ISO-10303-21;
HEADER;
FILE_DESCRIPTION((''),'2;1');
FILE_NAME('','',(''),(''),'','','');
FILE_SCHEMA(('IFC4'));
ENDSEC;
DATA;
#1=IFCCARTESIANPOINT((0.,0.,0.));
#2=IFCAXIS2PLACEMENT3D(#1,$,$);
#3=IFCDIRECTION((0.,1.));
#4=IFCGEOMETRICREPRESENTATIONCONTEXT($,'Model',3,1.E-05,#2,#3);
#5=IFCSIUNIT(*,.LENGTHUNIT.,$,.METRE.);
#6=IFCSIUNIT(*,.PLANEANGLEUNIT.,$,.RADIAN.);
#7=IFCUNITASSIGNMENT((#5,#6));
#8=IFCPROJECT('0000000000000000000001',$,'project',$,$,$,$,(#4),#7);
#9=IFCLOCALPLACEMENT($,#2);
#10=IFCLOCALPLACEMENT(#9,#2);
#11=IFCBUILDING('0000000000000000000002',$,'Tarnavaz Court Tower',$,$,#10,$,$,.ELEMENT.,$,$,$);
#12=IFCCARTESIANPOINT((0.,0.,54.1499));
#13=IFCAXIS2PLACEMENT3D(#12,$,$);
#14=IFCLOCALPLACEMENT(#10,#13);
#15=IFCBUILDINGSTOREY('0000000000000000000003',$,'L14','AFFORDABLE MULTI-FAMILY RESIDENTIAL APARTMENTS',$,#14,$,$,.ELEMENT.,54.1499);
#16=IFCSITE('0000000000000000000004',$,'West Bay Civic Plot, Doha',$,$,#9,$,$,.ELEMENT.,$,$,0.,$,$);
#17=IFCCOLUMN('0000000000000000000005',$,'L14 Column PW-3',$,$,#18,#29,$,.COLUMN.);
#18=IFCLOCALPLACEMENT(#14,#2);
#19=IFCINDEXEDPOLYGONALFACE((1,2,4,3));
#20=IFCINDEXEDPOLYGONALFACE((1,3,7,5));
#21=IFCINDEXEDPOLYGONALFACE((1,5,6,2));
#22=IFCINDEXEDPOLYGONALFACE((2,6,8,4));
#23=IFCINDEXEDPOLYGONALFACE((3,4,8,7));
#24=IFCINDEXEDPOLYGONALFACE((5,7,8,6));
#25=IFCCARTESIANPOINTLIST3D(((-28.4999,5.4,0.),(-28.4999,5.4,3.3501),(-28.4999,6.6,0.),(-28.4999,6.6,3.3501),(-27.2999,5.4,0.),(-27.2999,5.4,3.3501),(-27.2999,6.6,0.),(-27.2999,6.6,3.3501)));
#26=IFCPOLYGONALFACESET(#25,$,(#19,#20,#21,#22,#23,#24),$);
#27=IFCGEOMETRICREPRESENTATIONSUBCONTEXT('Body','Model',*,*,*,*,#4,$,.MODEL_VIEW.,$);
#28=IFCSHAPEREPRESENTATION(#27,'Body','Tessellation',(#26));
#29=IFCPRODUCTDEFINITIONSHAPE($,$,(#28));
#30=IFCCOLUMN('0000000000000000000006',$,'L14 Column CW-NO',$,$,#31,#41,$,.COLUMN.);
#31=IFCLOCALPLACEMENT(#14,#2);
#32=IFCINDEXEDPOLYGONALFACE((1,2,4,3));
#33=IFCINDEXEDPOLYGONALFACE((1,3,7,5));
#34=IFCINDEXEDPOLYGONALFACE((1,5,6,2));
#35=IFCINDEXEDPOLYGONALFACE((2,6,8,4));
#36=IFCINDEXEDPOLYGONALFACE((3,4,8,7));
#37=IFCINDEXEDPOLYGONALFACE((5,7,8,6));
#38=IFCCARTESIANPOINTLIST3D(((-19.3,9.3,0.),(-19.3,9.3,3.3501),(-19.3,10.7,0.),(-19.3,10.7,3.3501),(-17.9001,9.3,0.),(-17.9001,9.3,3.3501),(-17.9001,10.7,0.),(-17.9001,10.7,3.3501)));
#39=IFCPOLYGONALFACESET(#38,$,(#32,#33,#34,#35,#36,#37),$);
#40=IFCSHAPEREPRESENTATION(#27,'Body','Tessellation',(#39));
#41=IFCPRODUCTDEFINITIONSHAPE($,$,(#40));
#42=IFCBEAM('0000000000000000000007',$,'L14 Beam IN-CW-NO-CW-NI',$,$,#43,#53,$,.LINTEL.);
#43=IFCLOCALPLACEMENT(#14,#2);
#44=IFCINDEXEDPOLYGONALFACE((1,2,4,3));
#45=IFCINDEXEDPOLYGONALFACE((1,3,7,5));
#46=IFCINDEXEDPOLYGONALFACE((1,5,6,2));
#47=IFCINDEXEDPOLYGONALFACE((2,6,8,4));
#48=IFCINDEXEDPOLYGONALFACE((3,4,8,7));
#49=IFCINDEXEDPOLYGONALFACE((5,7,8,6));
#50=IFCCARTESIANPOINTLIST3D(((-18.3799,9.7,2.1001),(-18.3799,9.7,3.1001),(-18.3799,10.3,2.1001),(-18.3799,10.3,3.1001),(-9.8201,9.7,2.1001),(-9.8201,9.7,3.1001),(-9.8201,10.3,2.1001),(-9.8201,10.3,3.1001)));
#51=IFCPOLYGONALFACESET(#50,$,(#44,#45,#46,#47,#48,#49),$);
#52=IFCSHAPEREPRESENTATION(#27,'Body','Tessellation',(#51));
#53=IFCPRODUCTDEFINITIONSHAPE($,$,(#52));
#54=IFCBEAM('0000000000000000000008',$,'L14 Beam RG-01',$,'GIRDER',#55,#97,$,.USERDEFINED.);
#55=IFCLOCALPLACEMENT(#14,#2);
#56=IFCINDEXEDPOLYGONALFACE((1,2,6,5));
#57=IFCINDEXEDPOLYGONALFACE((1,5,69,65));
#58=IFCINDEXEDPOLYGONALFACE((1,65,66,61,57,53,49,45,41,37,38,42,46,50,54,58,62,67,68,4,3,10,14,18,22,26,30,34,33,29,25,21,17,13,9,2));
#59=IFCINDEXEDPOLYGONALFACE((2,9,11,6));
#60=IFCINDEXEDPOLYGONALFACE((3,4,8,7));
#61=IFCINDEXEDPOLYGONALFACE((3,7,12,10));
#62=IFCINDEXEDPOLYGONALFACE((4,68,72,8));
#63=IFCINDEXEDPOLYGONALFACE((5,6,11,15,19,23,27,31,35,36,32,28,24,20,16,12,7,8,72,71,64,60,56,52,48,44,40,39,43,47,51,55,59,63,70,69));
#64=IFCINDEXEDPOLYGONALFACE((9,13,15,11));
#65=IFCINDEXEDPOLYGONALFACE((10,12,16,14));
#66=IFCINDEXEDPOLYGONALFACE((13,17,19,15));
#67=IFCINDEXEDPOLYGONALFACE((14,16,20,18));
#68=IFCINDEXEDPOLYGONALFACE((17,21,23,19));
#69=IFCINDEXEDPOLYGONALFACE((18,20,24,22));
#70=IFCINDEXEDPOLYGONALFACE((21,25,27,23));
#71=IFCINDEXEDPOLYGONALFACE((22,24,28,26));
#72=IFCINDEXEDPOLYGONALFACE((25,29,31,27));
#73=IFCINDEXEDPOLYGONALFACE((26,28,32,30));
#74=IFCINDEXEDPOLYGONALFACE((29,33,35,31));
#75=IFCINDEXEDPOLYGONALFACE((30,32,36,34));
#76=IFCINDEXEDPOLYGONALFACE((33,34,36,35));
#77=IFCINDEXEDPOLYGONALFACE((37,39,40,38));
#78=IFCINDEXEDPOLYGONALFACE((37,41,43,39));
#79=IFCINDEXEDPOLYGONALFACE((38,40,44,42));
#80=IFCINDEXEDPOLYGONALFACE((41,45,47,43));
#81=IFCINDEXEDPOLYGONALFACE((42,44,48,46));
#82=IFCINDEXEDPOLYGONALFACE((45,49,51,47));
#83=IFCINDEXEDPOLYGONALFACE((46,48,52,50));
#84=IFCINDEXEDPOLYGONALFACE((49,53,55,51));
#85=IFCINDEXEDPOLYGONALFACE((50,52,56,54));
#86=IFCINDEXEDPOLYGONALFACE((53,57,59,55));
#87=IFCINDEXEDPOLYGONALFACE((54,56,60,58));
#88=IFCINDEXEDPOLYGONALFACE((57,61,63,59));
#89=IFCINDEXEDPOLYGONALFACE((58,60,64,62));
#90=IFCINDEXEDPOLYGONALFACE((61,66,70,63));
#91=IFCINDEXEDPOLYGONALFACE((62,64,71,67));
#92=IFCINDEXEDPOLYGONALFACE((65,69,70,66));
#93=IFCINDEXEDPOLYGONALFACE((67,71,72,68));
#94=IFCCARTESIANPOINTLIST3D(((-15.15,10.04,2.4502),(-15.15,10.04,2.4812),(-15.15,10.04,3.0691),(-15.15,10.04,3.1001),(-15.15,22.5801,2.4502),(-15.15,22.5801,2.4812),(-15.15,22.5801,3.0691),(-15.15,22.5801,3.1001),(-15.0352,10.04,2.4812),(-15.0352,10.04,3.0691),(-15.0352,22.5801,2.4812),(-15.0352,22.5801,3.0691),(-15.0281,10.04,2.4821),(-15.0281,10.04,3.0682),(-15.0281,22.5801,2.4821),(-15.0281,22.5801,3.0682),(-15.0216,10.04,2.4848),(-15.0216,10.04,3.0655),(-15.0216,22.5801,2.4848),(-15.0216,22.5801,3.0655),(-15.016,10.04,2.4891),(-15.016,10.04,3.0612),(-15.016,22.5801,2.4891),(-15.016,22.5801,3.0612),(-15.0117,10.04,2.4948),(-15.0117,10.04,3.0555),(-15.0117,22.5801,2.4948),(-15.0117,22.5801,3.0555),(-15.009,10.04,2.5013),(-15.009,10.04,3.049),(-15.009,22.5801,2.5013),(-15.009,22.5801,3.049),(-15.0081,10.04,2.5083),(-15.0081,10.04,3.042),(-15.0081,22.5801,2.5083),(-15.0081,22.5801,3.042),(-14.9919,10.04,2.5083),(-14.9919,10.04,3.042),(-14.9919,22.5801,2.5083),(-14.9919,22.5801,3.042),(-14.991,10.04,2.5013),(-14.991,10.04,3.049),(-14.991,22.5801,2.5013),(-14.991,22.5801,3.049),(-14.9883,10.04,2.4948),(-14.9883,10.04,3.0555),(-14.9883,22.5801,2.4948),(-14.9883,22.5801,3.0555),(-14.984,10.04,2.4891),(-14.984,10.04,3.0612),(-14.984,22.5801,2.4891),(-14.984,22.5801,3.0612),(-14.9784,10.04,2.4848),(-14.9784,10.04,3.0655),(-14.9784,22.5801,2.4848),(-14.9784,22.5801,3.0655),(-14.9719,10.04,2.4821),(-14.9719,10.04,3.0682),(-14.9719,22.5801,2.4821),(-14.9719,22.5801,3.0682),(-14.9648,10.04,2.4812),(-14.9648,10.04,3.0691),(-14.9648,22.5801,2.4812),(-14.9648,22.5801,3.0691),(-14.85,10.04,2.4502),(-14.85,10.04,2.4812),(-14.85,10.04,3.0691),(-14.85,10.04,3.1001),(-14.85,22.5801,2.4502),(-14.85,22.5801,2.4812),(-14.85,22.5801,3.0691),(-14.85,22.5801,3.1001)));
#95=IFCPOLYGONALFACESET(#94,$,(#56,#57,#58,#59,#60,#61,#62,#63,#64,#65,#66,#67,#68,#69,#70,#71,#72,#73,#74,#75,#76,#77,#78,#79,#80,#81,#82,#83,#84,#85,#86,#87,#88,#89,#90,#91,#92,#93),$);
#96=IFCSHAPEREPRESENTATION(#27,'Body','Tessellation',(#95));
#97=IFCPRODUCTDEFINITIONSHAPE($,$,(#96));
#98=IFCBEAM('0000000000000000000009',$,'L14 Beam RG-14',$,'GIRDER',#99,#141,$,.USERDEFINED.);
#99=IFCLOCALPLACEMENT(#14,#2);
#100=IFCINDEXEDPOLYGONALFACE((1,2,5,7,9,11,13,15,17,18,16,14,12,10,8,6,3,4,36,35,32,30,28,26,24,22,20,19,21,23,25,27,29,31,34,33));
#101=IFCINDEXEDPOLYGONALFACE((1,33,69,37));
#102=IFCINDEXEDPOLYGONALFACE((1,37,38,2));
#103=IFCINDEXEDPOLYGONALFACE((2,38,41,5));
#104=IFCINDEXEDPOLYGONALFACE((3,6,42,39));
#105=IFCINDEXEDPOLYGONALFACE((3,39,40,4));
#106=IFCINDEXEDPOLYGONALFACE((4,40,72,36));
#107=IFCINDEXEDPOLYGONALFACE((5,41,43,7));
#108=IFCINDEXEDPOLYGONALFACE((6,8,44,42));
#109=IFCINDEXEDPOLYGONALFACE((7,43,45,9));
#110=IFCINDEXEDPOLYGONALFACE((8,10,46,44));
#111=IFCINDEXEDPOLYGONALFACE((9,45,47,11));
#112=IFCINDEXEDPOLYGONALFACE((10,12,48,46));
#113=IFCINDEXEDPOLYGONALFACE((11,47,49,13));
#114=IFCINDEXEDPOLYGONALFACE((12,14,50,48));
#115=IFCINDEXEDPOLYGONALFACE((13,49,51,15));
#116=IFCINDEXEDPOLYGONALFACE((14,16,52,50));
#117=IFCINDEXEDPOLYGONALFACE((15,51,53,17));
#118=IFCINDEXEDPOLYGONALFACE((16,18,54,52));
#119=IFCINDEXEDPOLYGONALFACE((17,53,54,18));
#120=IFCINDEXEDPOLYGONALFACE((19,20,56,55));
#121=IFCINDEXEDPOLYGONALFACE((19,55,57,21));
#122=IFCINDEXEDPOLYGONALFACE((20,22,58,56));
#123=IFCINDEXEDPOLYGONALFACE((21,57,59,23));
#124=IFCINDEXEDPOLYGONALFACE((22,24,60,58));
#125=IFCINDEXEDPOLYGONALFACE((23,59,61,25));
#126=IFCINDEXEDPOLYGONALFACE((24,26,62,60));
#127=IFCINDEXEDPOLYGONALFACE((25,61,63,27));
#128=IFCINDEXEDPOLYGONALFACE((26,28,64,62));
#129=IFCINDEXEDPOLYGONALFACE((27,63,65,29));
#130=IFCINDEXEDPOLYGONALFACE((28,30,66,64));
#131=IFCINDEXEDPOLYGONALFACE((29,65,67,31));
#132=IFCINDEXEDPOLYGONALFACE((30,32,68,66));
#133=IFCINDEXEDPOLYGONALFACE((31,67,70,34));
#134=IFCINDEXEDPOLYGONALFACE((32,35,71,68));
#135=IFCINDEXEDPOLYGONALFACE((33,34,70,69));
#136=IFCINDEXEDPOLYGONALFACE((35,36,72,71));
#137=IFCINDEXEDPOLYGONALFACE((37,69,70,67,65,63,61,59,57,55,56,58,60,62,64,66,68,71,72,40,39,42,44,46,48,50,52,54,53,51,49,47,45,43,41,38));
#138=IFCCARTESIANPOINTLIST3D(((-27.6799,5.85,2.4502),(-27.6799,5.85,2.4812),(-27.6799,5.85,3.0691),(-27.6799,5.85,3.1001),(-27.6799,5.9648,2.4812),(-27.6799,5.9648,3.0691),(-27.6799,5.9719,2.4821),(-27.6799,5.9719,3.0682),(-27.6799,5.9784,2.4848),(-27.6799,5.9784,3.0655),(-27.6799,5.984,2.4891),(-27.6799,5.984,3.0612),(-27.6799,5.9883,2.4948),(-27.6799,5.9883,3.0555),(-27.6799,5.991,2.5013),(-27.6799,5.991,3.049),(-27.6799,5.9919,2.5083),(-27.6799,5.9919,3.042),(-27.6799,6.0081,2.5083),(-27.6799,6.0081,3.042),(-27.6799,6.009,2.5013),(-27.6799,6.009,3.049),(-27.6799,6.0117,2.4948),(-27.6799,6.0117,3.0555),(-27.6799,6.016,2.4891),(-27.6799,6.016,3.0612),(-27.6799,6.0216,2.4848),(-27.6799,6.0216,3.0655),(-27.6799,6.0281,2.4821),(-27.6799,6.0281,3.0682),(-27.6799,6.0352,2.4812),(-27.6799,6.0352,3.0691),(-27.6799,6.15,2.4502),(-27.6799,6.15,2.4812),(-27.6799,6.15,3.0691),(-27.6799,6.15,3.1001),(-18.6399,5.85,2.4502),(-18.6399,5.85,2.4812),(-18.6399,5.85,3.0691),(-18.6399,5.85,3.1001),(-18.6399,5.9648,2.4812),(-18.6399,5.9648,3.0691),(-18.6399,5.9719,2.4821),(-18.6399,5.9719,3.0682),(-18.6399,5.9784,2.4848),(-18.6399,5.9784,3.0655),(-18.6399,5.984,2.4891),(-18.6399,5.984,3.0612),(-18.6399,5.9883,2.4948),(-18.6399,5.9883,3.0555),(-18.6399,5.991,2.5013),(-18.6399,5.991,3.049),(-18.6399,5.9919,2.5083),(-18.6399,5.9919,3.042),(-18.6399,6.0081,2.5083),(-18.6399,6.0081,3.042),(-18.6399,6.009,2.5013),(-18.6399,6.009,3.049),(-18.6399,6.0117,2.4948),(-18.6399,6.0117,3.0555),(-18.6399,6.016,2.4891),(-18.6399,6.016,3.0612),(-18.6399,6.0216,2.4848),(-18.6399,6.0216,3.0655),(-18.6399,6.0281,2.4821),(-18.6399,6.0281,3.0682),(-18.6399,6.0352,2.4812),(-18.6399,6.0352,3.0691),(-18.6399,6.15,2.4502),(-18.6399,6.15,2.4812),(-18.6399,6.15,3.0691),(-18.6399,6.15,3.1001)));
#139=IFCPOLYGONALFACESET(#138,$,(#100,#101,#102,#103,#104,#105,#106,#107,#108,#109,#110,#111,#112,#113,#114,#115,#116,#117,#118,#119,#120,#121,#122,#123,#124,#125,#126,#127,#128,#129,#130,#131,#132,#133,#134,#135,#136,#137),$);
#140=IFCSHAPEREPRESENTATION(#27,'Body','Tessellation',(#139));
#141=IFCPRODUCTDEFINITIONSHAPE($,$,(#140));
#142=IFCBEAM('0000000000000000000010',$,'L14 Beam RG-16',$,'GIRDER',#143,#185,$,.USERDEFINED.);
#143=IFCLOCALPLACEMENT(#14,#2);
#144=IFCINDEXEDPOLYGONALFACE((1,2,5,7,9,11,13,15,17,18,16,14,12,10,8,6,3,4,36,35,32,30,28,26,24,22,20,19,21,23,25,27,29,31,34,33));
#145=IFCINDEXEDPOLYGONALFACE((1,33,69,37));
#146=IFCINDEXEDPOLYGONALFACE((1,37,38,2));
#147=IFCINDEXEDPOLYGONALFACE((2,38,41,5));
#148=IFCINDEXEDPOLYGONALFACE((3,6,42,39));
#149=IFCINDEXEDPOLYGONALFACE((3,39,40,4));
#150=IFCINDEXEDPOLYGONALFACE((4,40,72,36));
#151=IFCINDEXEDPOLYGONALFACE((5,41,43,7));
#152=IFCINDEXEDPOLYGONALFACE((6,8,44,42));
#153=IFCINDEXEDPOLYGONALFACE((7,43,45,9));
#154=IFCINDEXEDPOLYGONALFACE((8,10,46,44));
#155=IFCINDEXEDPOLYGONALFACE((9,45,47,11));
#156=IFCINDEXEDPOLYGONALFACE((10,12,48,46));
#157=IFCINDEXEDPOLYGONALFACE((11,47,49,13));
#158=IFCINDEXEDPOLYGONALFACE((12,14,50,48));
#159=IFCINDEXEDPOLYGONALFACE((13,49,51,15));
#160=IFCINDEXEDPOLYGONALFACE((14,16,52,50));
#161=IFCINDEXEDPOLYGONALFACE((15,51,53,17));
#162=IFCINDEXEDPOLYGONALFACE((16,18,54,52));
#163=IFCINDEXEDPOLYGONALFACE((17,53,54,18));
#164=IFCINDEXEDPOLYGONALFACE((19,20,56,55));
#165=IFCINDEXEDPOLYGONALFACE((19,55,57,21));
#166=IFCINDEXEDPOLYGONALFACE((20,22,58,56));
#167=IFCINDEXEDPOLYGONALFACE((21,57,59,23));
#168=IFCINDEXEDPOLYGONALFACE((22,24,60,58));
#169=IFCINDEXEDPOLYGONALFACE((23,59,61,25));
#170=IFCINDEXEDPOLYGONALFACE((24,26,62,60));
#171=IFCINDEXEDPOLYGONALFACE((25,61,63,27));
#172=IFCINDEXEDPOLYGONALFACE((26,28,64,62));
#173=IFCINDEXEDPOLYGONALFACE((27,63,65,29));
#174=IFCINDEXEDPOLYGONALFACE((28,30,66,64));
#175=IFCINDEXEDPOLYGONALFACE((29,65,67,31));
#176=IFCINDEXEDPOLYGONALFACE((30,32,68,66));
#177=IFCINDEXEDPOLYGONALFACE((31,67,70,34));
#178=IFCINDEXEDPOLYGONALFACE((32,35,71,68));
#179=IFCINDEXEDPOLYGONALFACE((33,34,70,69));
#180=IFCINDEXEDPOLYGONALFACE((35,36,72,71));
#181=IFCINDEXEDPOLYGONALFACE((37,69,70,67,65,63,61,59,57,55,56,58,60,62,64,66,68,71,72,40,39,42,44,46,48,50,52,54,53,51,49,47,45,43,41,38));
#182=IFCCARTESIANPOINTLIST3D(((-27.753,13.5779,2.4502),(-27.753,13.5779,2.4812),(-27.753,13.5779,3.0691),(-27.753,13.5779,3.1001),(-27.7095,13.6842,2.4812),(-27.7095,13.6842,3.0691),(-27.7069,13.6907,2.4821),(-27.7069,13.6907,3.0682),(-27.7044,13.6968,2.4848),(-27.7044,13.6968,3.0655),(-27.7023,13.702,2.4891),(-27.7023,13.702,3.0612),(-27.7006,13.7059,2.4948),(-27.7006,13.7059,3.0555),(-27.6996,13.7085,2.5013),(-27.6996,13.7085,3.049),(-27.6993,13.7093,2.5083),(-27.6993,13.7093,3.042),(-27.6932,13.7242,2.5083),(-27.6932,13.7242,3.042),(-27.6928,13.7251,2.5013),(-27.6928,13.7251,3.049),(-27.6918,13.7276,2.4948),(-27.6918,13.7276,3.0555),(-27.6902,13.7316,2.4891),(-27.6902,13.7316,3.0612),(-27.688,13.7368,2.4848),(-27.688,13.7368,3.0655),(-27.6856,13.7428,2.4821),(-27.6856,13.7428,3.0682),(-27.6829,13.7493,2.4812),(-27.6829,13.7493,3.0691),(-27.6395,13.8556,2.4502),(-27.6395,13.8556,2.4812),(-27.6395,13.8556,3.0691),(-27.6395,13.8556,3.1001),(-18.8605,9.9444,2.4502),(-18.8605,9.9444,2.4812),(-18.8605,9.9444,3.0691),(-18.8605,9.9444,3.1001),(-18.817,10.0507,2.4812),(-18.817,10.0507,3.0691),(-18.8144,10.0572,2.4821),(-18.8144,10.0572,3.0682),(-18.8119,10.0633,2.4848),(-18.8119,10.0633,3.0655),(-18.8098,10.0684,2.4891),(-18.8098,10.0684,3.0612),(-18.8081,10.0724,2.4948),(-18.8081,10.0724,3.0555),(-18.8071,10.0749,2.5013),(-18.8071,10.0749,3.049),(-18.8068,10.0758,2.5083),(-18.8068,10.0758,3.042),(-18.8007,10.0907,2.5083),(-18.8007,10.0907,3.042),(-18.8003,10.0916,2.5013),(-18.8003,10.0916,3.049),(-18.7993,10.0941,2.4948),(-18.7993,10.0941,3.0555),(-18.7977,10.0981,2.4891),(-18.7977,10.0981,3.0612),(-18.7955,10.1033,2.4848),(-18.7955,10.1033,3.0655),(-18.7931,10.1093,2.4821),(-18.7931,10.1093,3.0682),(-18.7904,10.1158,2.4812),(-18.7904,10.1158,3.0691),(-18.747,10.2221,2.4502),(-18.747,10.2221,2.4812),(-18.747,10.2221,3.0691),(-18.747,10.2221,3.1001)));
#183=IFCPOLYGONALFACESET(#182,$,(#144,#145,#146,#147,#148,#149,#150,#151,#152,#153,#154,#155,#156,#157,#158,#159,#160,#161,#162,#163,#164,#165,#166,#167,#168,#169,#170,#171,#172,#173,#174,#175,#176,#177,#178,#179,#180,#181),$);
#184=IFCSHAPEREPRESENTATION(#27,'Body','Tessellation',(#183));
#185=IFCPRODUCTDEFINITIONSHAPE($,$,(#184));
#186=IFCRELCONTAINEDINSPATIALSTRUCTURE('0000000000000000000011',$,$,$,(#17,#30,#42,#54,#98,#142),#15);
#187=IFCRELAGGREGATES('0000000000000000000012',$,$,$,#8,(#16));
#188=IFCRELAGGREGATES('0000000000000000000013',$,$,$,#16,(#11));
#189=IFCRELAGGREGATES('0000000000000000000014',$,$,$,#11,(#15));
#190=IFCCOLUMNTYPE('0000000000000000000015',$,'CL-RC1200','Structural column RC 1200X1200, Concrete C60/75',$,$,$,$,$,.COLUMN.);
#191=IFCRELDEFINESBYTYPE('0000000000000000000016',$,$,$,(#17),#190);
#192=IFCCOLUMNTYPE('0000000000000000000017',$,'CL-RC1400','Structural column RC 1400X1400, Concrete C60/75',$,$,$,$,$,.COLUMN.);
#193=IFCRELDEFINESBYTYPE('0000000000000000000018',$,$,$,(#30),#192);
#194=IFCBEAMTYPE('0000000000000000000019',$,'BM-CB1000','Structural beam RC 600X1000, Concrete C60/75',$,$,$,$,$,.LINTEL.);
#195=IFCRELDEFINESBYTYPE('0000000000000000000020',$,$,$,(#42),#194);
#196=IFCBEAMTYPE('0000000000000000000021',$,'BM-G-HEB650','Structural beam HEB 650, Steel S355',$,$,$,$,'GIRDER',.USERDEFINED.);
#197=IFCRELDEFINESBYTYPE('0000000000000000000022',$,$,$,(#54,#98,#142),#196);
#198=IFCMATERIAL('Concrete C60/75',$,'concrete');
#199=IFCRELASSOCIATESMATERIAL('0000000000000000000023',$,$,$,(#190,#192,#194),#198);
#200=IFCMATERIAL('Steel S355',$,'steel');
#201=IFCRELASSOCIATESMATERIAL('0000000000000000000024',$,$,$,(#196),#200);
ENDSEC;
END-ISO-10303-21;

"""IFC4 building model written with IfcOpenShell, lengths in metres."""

from ifc_helpers import new_model, si_unit, direction, frame, origin, origin_2d, place, context, subcontext, project, spatial, rectangle, i_section, extrude, material, material_profile, profile_set, type_object, element, save


model = new_model("IFC4")

# Units and contexts
model_context = context("Model", 3, precision=1e-05, world=origin(), true_north=direction((0.0, 1.0)))
body_context = subcontext(model_context, "Body", "Model", "MODEL_VIEW")
ifc_project = project(units=[si_unit("LENGTHUNIT", "METRE"), si_unit("PLANEANGLEUNIT", "RADIAN")], contexts=[model_context])

# Site, building, storey
site_placement = place(None, origin())
site = spatial("IfcSite", under=ifc_project, at=site_placement, Name="West Bay Civic Plot, Doha", CompositionType="ELEMENT", RefElevation=0.0)
building_placement = place(site_placement, origin())
building = spatial("IfcBuilding", under=site, at=building_placement, Name="Tarnavaz Court Tower", CompositionType="ELEMENT")
storey_placement = place(building_placement, frame((0.0, 0.0, 54.1499)))
storey = spatial("IfcBuildingStorey", under=building, at=storey_placement, Name="L14", Description="AFFORDABLE MULTI-FAMILY RESIDENTIAL APARTMENTS", CompositionType="ELEMENT", Elevation=54.1499)

# Columns
ifc_material_1 = material(Name="Concrete C60/75", Category="concrete")
ifc_material_profile_1 = material_profile(ifc_material_1, rectangle(XDim=1.2, YDim=1.2, at=origin_2d()), Name="RC 1200X1200")
ifc_profile_set_1 = profile_set([ifc_material_profile_1], Name="Concrete C60/75")
column_type_1 = type_object("IfcColumnType", Name="CL-RC1200", Description="Structural column RC 1200X1200, Concrete C60/75", PredefinedType="COLUMN", material=ifc_profile_set_1)
column_1_placement = place(storey_placement, frame((-27.8999, 6.0, 0.0), z_axis=(0.0, 0.0, 1.0), x_axis=(1.0, 0.0, 0.0)))
element("IfcColumn", 1, at=column_1_placement, inside=storey, type_object=column_type_1, Name="L14 Column PW-3", PredefinedType="COLUMN", context=body_context, shape_type="SweptSolid", body=[
    extrude(rectangle(XDim=1.2, YDim=1.2, at=origin_2d()), origin(), (0.0, 0.0, 1.0), 3.3501),
])
ifc_material_profile_2 = material_profile(ifc_material_1, rectangle(XDim=1.3999, YDim=1.3999, at=origin_2d()), Name="RC 1400X1400")
ifc_profile_set_2 = profile_set([ifc_material_profile_2], Name="Concrete C60/75")
column_type_2 = type_object("IfcColumnType", Name="CL-RC1400", Description="Structural column RC 1400X1400, Concrete C60/75", PredefinedType="COLUMN", material=ifc_profile_set_2)
column_2_placement = place(storey_placement, frame((-18.6001, 10.0, 0.0), z_axis=(0.0, 0.0, 1.0), x_axis=(1.0, 0.0, 0.0)))
element("IfcColumn", 2, at=column_2_placement, inside=storey, type_object=column_type_2, Name="L14 Column CW-NO", PredefinedType="COLUMN", context=body_context, shape_type="SweptSolid", body=[
    extrude(rectangle(XDim=1.3999, YDim=1.3999, at=origin_2d()), origin(), (0.0, 0.0, 1.0), 3.3501),
])

# Beams
ifc_material_profile_3 = material_profile(ifc_material_1, rectangle(XDim=0.6001, YDim=1.0, at=origin_2d()), Name="RC 600X1000")
ifc_profile_set_3 = profile_set([ifc_material_profile_3], Name="Concrete C60/75")
beam_type_1 = type_object("IfcBeamType", Name="BM-CB1000", Description="Structural beam RC 600X1000, Concrete C60/75", PredefinedType="LINTEL", material=ifc_profile_set_3)
beam_1_placement = place(storey_placement, frame((-18.3799, 10.0, 2.6001), z_axis=(1.0, 0.0, 0.0), x_axis=(0.0, 1.0, 0.0)))
element("IfcBeam", 3, at=beam_1_placement, inside=storey, type_object=beam_type_1, Name="L14 Beam IN-CW-NO-CW-NI", PredefinedType="LINTEL", context=body_context, shape_type="SweptSolid", body=[
    extrude(rectangle(XDim=0.6001, YDim=1.0, at=origin_2d()), origin(), (0.0, 0.0, 1.0), 8.5598),
])
ifc_material_2 = material(Name="Steel S355", Category="steel")
ifc_material_profile_4 = material_profile(ifc_material_2, i_section(OverallWidth=0.3, OverallDepth=0.6499, WebThickness=0.0161, FlangeThickness=0.031, FilletRadius=0.0271, at=origin_2d()), Name="HEB 650")
ifc_profile_set_4 = profile_set([ifc_material_profile_4], Name="Steel S355")
beam_type_2 = type_object("IfcBeamType", Name="BM-G-HEB650", Description="Structural beam HEB 650, Steel S355", ElementType="GIRDER", PredefinedType="USERDEFINED", material=ifc_profile_set_4)
beam_2_placement = place(storey_placement, frame((-15.0, 10.04, 2.7751), z_axis=(0.0, 1.0, 0.0), x_axis=(-1.0, 0.0, 0.0)))
element("IfcBeam", 4, at=beam_2_placement, inside=storey, type_object=beam_type_2, Name="L14 Beam RG-01", ObjectType="GIRDER", PredefinedType="USERDEFINED", context=body_context, shape_type="SweptSolid", body=[
    extrude(i_section(OverallWidth=0.3, OverallDepth=0.6499, WebThickness=0.0161, FlangeThickness=0.031, FilletRadius=0.0271, at=origin_2d()), origin(), (0.0, 0.0, 1.0), 12.54),
])
beam_3_placement = place(storey_placement, frame((-18.6399, 6.0, 2.7751), z_axis=(-1.0, 0.0, 0.0), x_axis=(0.0, -1.0, 0.0)))
element("IfcBeam", 5, at=beam_3_placement, inside=storey, type_object=beam_type_2, Name="L14 Beam RG-14", ObjectType="GIRDER", PredefinedType="USERDEFINED", context=body_context, shape_type="SweptSolid", body=[
    extrude(i_section(OverallWidth=0.3, OverallDepth=0.6499, WebThickness=0.0161, FlangeThickness=0.031, FilletRadius=0.0271, at=origin_2d()), origin(), (0.0, 0.0, 1.0), 9.04),
])
beam_4_placement = place(storey_placement, frame((-18.8037, 10.0833, 2.7751), z_axis=(-0.925705, 0.378247, 0.0), x_axis=(-0.378247, -0.925705, 0.0)))
element("IfcBeam", 6, at=beam_4_placement, inside=storey, type_object=beam_type_2, Name="L14 Beam RG-16", ObjectType="GIRDER", PredefinedType="USERDEFINED", context=body_context, shape_type="SweptSolid", body=[
    extrude(i_section(OverallWidth=0.3, OverallDepth=0.6499, WebThickness=0.0161, FlangeThickness=0.031, FilletRadius=0.0271, at=origin_2d()), origin(), (0.0, 0.0, 1.0), 9.6062),
])

save(model, "model.ifc")
